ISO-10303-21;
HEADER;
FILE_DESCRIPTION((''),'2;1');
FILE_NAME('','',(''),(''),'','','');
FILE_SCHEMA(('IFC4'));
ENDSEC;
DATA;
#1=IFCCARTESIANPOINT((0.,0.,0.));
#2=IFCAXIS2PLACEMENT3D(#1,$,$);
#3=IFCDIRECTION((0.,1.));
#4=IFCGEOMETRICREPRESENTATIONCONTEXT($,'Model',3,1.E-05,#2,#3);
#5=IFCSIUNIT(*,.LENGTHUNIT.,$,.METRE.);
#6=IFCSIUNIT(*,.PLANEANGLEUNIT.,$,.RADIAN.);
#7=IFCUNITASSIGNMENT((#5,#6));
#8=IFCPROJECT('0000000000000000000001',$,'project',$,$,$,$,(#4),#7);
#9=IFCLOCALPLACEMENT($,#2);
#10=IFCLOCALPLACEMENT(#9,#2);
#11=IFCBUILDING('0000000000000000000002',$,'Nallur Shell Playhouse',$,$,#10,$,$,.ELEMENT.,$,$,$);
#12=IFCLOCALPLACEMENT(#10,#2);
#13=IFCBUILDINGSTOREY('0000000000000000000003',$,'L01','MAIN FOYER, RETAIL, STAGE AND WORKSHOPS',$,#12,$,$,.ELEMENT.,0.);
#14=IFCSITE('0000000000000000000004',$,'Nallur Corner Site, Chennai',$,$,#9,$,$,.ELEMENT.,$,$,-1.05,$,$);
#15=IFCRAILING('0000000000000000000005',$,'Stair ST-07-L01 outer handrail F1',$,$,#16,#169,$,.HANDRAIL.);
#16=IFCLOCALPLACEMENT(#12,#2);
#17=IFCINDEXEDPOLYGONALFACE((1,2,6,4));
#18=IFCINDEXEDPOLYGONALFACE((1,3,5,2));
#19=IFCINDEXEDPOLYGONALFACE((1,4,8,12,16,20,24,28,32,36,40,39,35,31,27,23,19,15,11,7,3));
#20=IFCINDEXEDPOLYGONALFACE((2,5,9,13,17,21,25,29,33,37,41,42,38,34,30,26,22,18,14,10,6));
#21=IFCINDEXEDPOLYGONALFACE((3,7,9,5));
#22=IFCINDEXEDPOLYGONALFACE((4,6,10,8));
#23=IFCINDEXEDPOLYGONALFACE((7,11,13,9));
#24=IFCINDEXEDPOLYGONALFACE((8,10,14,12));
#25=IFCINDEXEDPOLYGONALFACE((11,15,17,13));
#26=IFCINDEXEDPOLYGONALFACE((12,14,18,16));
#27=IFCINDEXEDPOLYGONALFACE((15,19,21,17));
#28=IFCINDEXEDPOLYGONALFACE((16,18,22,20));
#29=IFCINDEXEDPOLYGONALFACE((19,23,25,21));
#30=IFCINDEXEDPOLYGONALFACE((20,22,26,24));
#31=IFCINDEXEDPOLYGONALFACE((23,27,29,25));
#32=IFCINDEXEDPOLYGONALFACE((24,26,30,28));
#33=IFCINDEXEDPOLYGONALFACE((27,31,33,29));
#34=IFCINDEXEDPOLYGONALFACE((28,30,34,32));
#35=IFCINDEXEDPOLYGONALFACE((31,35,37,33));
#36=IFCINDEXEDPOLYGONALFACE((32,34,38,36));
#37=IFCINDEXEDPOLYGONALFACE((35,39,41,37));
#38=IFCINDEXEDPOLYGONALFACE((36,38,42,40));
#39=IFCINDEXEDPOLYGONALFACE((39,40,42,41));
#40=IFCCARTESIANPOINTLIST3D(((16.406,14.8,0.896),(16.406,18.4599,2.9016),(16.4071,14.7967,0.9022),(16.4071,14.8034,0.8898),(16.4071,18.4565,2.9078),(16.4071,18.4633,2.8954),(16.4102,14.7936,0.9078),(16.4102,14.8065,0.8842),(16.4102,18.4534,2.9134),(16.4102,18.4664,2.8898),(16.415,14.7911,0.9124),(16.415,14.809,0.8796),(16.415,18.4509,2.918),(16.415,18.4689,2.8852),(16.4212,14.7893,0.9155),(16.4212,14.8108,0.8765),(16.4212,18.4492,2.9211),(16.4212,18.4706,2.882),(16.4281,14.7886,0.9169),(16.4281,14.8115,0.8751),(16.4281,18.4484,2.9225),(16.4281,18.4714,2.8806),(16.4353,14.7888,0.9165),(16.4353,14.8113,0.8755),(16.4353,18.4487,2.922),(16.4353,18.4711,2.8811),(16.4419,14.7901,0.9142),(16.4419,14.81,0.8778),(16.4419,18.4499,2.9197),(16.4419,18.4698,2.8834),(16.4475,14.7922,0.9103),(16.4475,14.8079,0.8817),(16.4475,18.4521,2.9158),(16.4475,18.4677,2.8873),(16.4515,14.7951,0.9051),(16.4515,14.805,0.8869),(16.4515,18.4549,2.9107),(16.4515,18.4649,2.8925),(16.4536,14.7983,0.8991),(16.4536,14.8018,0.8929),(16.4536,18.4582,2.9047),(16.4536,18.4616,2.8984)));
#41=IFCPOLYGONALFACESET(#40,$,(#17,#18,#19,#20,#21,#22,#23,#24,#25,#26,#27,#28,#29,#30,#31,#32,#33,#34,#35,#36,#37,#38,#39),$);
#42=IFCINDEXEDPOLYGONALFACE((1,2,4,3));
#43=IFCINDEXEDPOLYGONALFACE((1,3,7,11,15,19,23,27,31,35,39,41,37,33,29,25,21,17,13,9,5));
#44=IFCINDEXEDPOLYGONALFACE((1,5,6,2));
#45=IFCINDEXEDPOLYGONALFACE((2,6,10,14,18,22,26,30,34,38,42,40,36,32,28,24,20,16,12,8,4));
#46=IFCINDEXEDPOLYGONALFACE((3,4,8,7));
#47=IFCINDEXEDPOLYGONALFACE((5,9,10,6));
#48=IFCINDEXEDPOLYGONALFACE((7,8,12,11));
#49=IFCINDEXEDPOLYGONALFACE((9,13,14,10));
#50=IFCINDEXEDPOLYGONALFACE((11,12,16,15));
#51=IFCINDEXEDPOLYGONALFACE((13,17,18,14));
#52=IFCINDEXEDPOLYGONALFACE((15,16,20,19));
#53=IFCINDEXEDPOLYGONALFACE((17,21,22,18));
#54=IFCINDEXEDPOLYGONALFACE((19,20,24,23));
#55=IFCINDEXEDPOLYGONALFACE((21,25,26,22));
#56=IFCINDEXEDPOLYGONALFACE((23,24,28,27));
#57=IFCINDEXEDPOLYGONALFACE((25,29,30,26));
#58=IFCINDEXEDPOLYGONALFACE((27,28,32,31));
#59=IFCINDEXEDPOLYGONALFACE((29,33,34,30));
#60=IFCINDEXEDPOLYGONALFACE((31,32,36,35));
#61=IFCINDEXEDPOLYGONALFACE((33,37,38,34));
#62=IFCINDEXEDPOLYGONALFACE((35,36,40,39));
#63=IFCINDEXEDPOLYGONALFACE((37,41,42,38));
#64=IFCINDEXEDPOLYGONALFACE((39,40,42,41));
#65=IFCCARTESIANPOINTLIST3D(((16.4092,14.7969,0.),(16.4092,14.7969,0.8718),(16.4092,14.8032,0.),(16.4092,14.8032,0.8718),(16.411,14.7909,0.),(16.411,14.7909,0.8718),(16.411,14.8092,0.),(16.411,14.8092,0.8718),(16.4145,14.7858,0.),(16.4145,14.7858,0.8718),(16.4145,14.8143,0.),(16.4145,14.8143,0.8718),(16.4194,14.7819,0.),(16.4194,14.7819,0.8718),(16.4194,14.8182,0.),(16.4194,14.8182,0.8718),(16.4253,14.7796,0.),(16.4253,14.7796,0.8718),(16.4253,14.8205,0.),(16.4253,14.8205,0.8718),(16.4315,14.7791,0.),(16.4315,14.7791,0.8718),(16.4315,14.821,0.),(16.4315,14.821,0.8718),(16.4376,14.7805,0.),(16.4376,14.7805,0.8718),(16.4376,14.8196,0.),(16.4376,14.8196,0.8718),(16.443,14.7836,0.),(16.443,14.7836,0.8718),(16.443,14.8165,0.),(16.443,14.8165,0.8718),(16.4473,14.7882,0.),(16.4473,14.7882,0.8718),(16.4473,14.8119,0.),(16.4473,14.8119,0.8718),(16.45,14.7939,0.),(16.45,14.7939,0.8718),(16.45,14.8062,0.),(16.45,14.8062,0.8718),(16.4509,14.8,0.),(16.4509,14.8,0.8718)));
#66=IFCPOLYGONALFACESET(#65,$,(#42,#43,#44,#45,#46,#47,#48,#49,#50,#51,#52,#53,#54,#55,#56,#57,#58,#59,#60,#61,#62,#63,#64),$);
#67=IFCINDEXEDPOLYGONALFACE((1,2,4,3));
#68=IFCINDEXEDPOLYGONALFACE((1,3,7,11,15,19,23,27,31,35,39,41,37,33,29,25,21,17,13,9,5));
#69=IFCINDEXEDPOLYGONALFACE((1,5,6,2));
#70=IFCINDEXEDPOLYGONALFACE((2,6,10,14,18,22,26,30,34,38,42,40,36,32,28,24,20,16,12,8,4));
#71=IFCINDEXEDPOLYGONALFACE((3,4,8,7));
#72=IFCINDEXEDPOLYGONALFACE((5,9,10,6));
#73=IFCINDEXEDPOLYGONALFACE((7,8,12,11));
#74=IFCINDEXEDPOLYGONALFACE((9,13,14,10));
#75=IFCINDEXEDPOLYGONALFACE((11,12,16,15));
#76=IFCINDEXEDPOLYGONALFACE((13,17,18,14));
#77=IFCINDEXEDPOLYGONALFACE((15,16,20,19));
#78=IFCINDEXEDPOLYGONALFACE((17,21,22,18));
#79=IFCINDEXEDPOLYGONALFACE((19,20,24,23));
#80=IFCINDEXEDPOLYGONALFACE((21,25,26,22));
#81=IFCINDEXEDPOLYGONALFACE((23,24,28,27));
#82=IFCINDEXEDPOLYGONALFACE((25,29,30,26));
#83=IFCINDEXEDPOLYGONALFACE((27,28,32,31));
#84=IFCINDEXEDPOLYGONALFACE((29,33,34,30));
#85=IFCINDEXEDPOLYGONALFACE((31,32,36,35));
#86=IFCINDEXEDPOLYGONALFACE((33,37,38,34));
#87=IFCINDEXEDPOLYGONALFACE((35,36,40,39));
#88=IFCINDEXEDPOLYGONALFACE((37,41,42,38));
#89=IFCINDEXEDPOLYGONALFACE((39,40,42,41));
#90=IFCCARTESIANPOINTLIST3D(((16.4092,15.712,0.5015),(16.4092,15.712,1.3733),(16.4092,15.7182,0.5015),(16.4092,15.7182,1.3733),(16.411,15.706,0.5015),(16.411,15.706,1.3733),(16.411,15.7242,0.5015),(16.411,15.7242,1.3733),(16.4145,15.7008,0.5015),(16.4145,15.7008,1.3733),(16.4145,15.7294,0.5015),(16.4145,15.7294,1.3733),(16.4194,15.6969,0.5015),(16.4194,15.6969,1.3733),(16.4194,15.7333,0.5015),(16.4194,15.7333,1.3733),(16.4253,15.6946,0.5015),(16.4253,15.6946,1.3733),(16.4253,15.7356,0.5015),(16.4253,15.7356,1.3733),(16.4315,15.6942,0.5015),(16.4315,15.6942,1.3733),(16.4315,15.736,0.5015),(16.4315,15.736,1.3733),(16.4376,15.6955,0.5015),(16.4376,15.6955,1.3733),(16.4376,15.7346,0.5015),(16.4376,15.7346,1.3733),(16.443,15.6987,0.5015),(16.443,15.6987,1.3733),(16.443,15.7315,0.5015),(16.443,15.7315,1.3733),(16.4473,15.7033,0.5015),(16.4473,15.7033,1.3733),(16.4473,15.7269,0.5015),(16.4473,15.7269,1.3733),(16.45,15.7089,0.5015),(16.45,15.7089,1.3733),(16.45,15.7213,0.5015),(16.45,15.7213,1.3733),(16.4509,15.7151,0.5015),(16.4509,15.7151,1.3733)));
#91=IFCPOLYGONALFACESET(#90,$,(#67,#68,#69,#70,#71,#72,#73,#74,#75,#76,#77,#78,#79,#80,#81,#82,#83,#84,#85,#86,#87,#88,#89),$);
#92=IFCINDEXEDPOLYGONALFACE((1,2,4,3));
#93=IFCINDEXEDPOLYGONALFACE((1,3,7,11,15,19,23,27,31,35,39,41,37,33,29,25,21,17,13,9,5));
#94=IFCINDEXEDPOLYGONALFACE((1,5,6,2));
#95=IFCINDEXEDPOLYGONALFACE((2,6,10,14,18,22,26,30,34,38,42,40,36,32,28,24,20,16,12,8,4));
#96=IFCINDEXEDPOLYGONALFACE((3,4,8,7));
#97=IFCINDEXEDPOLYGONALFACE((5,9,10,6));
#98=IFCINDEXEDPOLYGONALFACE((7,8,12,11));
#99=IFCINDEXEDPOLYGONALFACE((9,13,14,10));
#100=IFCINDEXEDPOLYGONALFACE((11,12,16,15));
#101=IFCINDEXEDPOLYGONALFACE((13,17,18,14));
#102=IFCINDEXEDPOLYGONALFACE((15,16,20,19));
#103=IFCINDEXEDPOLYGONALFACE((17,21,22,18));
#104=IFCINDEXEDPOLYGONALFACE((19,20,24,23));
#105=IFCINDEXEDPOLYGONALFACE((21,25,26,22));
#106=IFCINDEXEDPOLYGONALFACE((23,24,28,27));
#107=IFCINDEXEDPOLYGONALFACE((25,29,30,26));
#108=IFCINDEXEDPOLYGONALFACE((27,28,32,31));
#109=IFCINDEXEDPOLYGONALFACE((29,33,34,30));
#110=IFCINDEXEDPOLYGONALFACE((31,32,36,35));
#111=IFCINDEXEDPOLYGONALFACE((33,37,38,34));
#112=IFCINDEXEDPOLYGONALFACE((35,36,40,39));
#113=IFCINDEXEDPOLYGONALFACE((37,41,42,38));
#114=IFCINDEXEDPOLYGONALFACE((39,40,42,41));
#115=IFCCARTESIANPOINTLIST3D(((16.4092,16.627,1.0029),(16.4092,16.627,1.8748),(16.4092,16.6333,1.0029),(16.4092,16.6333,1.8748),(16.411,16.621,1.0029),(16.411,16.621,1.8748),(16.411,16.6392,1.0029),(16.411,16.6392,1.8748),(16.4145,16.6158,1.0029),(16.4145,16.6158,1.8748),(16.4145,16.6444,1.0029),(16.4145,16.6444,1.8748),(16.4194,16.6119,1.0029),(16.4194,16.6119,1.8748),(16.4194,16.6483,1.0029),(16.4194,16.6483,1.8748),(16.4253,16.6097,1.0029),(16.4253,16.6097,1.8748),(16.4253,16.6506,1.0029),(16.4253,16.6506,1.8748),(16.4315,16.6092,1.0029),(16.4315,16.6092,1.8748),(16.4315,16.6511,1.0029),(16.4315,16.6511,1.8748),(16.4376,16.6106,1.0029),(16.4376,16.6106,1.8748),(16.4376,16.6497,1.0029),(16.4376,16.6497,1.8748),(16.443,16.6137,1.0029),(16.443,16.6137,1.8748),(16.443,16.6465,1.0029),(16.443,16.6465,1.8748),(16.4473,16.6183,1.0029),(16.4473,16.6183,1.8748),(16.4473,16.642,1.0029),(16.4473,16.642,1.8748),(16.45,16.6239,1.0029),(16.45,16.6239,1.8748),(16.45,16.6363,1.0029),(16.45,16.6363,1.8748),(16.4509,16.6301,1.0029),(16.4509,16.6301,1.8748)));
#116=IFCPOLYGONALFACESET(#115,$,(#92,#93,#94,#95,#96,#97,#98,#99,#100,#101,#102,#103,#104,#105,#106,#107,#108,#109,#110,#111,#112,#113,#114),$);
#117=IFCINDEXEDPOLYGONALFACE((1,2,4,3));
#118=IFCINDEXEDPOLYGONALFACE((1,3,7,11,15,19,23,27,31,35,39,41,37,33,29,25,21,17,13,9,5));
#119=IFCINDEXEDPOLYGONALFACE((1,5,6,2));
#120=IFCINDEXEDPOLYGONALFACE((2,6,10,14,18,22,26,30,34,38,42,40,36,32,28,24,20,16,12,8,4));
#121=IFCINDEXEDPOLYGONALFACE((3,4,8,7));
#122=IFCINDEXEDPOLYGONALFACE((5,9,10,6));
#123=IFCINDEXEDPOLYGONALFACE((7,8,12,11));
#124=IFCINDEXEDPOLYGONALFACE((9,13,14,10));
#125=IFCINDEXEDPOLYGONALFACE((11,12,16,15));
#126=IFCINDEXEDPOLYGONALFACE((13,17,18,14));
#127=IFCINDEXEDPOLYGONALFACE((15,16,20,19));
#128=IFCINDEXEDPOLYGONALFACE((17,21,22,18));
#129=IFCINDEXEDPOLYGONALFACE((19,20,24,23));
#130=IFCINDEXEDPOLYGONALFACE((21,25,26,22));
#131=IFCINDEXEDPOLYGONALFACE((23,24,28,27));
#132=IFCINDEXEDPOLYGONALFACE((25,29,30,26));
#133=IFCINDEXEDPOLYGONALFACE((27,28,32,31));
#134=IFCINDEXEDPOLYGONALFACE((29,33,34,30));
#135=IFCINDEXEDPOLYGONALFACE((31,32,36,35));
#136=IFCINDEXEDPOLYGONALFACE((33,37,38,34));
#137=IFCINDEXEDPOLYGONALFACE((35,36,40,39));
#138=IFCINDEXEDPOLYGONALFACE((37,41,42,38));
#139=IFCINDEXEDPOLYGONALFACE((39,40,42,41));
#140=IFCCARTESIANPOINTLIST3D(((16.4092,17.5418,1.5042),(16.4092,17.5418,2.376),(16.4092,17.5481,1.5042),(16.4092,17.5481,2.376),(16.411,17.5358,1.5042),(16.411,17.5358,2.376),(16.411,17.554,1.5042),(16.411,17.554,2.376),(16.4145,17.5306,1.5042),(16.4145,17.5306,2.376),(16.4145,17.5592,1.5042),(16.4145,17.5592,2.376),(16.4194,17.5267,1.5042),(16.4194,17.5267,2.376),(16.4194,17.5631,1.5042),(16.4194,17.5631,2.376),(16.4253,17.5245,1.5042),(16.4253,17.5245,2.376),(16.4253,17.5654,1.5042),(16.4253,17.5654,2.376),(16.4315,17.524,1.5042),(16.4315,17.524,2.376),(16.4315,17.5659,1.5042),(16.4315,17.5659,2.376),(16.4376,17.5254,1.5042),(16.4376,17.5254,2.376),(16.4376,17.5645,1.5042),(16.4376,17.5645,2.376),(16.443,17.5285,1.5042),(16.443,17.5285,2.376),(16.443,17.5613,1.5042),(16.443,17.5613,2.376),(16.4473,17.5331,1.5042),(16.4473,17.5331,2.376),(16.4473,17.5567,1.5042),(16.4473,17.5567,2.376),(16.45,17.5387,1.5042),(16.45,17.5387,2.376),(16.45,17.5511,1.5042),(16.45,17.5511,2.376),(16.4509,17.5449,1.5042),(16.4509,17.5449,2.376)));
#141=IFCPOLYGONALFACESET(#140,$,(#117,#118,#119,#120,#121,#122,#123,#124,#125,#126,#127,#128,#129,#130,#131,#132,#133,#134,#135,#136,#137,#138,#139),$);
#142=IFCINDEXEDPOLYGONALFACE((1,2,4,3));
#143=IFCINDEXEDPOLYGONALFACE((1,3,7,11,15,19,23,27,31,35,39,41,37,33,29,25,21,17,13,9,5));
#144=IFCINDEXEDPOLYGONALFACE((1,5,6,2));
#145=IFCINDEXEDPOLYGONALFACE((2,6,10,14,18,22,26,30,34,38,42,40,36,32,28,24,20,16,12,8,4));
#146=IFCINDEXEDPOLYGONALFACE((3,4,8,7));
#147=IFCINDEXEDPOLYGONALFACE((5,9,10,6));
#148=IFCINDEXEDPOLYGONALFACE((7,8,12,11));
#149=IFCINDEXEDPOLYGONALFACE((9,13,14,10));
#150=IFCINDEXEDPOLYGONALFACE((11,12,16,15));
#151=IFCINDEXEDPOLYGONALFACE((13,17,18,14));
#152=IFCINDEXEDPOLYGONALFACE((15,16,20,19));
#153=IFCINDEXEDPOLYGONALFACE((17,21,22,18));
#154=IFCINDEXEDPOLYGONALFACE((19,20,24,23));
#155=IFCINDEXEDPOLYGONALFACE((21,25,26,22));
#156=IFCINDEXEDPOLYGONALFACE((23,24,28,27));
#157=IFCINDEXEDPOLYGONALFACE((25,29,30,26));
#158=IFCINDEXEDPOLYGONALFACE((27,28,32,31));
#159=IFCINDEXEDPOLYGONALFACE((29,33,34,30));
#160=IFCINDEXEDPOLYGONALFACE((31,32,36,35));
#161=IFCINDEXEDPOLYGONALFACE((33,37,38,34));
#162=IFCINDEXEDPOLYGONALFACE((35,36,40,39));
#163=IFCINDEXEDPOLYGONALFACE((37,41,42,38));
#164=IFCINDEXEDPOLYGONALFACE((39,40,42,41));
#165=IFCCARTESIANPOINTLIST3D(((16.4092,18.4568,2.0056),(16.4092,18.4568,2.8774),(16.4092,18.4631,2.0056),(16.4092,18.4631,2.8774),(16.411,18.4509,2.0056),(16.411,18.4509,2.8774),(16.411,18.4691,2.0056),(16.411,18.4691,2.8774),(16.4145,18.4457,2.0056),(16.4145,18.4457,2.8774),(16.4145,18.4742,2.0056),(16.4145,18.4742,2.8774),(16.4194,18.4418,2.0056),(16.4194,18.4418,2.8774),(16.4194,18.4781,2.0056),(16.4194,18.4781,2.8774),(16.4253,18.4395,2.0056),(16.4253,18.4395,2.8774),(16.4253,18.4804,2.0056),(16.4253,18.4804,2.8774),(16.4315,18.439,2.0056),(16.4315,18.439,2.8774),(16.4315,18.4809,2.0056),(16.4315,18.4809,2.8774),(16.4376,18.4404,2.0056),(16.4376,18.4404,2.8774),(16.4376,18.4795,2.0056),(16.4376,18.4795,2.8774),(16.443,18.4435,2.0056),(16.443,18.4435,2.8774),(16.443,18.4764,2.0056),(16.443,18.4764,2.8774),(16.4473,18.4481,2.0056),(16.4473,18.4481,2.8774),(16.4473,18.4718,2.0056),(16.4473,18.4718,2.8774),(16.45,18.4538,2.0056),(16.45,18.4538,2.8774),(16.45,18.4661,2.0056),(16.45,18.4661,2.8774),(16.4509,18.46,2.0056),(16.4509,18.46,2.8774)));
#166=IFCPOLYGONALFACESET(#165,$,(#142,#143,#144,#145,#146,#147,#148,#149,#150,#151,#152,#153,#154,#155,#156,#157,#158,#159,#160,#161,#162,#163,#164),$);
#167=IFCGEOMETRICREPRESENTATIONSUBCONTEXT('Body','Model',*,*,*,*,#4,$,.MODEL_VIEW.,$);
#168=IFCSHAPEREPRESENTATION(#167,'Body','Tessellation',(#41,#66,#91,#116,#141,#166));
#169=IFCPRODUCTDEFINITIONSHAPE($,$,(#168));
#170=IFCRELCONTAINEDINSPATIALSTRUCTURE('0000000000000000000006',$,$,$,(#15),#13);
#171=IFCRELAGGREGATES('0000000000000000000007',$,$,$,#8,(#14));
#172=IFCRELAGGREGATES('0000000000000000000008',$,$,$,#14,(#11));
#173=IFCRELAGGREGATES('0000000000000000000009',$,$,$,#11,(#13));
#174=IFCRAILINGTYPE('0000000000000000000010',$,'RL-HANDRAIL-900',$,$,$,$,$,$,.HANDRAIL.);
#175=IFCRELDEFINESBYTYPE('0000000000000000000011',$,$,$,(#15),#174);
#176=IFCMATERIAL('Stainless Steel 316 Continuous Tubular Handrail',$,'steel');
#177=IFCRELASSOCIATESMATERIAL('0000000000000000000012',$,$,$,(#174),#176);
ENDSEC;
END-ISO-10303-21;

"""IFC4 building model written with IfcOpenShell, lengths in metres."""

from ifc_helpers import new_model, si_unit, direction, frame, origin, origin_2d, place, context, subcontext, project, spatial, circle, extrude, material, type_object, element, save


model = new_model("IFC4")

# Units and contexts
model_context = context("Model", 3, precision=1e-05, world=origin(), true_north=direction((0.0, 1.0)))
body_context = subcontext(model_context, "Body", "Model", "MODEL_VIEW")
ifc_project = project(units=[si_unit("LENGTHUNIT", "METRE"), si_unit("PLANEANGLEUNIT", "RADIAN")], contexts=[model_context])

# Site, building, storey
site_placement = place(None, origin())
site = spatial("IfcSite", under=ifc_project, at=site_placement, Name="Nallur Corner Site, Chennai", CompositionType="ELEMENT", RefElevation=-1.05)
building_placement = place(site_placement, origin())
building = spatial("IfcBuilding", under=site, at=building_placement, Name="Nallur Shell Playhouse", CompositionType="ELEMENT")
storey_placement = place(building_placement, origin())
storey = spatial("IfcBuildingStorey", under=building, at=storey_placement, Name="L01", Description="MAIN FOYER, RETAIL, STAGE AND WORKSHOPS", CompositionType="ELEMENT", Elevation=0.0)

# Railing
ifc_material_1 = material(Name="Stainless Steel 316 Continuous Tubular Handrail", Category="steel")
railing_type_1 = type_object("IfcRailingType", Name="RL-HANDRAIL-900", PredefinedType="HANDRAIL", material=ifc_material_1)
railing_1_placement = place(storey_placement, frame((16.4299, 14.8, 0.0)))
element("IfcRailing", 1, at=railing_1_placement, inside=storey, type_object=railing_type_1, Name="Stair ST-07-L01 outer handrail F1", PredefinedType="HANDRAIL", context=body_context, shape_type="SweptSolid", body=[
    extrude(circle(Radius=0.0239, at=origin_2d()), frame((0.0, 0.0, 0.896), z_axis=(0.0, 0.876957, 0.480569), x_axis=(-1.0, 0.0, 0.0)), (0.0, 0.0, 1.0), 4.1733),
    extrude(circle(Radius=0.021, at=origin_2d()), origin(), (0.0, 0.0, 1.0), 0.8718),
    extrude(circle(Radius=0.021, at=origin_2d()), frame((0.0, 0.915, 0.5015)), (0.0, 0.0, 1.0), 0.8718),
    extrude(circle(Radius=0.021, at=origin_2d()), frame((0.0, 1.8301, 1.0029)), (0.0, 0.0, 1.0), 0.8718),
    extrude(circle(Radius=0.021, at=origin_2d()), frame((0.0, 2.7449, 1.5042)), (0.0, 0.0, 1.0), 0.8718),
    extrude(circle(Radius=0.021, at=origin_2d()), frame((0.0, 3.6599, 2.0056)), (0.0, 0.0, 1.0), 0.8718),
])

save(model, "model.ifc")
